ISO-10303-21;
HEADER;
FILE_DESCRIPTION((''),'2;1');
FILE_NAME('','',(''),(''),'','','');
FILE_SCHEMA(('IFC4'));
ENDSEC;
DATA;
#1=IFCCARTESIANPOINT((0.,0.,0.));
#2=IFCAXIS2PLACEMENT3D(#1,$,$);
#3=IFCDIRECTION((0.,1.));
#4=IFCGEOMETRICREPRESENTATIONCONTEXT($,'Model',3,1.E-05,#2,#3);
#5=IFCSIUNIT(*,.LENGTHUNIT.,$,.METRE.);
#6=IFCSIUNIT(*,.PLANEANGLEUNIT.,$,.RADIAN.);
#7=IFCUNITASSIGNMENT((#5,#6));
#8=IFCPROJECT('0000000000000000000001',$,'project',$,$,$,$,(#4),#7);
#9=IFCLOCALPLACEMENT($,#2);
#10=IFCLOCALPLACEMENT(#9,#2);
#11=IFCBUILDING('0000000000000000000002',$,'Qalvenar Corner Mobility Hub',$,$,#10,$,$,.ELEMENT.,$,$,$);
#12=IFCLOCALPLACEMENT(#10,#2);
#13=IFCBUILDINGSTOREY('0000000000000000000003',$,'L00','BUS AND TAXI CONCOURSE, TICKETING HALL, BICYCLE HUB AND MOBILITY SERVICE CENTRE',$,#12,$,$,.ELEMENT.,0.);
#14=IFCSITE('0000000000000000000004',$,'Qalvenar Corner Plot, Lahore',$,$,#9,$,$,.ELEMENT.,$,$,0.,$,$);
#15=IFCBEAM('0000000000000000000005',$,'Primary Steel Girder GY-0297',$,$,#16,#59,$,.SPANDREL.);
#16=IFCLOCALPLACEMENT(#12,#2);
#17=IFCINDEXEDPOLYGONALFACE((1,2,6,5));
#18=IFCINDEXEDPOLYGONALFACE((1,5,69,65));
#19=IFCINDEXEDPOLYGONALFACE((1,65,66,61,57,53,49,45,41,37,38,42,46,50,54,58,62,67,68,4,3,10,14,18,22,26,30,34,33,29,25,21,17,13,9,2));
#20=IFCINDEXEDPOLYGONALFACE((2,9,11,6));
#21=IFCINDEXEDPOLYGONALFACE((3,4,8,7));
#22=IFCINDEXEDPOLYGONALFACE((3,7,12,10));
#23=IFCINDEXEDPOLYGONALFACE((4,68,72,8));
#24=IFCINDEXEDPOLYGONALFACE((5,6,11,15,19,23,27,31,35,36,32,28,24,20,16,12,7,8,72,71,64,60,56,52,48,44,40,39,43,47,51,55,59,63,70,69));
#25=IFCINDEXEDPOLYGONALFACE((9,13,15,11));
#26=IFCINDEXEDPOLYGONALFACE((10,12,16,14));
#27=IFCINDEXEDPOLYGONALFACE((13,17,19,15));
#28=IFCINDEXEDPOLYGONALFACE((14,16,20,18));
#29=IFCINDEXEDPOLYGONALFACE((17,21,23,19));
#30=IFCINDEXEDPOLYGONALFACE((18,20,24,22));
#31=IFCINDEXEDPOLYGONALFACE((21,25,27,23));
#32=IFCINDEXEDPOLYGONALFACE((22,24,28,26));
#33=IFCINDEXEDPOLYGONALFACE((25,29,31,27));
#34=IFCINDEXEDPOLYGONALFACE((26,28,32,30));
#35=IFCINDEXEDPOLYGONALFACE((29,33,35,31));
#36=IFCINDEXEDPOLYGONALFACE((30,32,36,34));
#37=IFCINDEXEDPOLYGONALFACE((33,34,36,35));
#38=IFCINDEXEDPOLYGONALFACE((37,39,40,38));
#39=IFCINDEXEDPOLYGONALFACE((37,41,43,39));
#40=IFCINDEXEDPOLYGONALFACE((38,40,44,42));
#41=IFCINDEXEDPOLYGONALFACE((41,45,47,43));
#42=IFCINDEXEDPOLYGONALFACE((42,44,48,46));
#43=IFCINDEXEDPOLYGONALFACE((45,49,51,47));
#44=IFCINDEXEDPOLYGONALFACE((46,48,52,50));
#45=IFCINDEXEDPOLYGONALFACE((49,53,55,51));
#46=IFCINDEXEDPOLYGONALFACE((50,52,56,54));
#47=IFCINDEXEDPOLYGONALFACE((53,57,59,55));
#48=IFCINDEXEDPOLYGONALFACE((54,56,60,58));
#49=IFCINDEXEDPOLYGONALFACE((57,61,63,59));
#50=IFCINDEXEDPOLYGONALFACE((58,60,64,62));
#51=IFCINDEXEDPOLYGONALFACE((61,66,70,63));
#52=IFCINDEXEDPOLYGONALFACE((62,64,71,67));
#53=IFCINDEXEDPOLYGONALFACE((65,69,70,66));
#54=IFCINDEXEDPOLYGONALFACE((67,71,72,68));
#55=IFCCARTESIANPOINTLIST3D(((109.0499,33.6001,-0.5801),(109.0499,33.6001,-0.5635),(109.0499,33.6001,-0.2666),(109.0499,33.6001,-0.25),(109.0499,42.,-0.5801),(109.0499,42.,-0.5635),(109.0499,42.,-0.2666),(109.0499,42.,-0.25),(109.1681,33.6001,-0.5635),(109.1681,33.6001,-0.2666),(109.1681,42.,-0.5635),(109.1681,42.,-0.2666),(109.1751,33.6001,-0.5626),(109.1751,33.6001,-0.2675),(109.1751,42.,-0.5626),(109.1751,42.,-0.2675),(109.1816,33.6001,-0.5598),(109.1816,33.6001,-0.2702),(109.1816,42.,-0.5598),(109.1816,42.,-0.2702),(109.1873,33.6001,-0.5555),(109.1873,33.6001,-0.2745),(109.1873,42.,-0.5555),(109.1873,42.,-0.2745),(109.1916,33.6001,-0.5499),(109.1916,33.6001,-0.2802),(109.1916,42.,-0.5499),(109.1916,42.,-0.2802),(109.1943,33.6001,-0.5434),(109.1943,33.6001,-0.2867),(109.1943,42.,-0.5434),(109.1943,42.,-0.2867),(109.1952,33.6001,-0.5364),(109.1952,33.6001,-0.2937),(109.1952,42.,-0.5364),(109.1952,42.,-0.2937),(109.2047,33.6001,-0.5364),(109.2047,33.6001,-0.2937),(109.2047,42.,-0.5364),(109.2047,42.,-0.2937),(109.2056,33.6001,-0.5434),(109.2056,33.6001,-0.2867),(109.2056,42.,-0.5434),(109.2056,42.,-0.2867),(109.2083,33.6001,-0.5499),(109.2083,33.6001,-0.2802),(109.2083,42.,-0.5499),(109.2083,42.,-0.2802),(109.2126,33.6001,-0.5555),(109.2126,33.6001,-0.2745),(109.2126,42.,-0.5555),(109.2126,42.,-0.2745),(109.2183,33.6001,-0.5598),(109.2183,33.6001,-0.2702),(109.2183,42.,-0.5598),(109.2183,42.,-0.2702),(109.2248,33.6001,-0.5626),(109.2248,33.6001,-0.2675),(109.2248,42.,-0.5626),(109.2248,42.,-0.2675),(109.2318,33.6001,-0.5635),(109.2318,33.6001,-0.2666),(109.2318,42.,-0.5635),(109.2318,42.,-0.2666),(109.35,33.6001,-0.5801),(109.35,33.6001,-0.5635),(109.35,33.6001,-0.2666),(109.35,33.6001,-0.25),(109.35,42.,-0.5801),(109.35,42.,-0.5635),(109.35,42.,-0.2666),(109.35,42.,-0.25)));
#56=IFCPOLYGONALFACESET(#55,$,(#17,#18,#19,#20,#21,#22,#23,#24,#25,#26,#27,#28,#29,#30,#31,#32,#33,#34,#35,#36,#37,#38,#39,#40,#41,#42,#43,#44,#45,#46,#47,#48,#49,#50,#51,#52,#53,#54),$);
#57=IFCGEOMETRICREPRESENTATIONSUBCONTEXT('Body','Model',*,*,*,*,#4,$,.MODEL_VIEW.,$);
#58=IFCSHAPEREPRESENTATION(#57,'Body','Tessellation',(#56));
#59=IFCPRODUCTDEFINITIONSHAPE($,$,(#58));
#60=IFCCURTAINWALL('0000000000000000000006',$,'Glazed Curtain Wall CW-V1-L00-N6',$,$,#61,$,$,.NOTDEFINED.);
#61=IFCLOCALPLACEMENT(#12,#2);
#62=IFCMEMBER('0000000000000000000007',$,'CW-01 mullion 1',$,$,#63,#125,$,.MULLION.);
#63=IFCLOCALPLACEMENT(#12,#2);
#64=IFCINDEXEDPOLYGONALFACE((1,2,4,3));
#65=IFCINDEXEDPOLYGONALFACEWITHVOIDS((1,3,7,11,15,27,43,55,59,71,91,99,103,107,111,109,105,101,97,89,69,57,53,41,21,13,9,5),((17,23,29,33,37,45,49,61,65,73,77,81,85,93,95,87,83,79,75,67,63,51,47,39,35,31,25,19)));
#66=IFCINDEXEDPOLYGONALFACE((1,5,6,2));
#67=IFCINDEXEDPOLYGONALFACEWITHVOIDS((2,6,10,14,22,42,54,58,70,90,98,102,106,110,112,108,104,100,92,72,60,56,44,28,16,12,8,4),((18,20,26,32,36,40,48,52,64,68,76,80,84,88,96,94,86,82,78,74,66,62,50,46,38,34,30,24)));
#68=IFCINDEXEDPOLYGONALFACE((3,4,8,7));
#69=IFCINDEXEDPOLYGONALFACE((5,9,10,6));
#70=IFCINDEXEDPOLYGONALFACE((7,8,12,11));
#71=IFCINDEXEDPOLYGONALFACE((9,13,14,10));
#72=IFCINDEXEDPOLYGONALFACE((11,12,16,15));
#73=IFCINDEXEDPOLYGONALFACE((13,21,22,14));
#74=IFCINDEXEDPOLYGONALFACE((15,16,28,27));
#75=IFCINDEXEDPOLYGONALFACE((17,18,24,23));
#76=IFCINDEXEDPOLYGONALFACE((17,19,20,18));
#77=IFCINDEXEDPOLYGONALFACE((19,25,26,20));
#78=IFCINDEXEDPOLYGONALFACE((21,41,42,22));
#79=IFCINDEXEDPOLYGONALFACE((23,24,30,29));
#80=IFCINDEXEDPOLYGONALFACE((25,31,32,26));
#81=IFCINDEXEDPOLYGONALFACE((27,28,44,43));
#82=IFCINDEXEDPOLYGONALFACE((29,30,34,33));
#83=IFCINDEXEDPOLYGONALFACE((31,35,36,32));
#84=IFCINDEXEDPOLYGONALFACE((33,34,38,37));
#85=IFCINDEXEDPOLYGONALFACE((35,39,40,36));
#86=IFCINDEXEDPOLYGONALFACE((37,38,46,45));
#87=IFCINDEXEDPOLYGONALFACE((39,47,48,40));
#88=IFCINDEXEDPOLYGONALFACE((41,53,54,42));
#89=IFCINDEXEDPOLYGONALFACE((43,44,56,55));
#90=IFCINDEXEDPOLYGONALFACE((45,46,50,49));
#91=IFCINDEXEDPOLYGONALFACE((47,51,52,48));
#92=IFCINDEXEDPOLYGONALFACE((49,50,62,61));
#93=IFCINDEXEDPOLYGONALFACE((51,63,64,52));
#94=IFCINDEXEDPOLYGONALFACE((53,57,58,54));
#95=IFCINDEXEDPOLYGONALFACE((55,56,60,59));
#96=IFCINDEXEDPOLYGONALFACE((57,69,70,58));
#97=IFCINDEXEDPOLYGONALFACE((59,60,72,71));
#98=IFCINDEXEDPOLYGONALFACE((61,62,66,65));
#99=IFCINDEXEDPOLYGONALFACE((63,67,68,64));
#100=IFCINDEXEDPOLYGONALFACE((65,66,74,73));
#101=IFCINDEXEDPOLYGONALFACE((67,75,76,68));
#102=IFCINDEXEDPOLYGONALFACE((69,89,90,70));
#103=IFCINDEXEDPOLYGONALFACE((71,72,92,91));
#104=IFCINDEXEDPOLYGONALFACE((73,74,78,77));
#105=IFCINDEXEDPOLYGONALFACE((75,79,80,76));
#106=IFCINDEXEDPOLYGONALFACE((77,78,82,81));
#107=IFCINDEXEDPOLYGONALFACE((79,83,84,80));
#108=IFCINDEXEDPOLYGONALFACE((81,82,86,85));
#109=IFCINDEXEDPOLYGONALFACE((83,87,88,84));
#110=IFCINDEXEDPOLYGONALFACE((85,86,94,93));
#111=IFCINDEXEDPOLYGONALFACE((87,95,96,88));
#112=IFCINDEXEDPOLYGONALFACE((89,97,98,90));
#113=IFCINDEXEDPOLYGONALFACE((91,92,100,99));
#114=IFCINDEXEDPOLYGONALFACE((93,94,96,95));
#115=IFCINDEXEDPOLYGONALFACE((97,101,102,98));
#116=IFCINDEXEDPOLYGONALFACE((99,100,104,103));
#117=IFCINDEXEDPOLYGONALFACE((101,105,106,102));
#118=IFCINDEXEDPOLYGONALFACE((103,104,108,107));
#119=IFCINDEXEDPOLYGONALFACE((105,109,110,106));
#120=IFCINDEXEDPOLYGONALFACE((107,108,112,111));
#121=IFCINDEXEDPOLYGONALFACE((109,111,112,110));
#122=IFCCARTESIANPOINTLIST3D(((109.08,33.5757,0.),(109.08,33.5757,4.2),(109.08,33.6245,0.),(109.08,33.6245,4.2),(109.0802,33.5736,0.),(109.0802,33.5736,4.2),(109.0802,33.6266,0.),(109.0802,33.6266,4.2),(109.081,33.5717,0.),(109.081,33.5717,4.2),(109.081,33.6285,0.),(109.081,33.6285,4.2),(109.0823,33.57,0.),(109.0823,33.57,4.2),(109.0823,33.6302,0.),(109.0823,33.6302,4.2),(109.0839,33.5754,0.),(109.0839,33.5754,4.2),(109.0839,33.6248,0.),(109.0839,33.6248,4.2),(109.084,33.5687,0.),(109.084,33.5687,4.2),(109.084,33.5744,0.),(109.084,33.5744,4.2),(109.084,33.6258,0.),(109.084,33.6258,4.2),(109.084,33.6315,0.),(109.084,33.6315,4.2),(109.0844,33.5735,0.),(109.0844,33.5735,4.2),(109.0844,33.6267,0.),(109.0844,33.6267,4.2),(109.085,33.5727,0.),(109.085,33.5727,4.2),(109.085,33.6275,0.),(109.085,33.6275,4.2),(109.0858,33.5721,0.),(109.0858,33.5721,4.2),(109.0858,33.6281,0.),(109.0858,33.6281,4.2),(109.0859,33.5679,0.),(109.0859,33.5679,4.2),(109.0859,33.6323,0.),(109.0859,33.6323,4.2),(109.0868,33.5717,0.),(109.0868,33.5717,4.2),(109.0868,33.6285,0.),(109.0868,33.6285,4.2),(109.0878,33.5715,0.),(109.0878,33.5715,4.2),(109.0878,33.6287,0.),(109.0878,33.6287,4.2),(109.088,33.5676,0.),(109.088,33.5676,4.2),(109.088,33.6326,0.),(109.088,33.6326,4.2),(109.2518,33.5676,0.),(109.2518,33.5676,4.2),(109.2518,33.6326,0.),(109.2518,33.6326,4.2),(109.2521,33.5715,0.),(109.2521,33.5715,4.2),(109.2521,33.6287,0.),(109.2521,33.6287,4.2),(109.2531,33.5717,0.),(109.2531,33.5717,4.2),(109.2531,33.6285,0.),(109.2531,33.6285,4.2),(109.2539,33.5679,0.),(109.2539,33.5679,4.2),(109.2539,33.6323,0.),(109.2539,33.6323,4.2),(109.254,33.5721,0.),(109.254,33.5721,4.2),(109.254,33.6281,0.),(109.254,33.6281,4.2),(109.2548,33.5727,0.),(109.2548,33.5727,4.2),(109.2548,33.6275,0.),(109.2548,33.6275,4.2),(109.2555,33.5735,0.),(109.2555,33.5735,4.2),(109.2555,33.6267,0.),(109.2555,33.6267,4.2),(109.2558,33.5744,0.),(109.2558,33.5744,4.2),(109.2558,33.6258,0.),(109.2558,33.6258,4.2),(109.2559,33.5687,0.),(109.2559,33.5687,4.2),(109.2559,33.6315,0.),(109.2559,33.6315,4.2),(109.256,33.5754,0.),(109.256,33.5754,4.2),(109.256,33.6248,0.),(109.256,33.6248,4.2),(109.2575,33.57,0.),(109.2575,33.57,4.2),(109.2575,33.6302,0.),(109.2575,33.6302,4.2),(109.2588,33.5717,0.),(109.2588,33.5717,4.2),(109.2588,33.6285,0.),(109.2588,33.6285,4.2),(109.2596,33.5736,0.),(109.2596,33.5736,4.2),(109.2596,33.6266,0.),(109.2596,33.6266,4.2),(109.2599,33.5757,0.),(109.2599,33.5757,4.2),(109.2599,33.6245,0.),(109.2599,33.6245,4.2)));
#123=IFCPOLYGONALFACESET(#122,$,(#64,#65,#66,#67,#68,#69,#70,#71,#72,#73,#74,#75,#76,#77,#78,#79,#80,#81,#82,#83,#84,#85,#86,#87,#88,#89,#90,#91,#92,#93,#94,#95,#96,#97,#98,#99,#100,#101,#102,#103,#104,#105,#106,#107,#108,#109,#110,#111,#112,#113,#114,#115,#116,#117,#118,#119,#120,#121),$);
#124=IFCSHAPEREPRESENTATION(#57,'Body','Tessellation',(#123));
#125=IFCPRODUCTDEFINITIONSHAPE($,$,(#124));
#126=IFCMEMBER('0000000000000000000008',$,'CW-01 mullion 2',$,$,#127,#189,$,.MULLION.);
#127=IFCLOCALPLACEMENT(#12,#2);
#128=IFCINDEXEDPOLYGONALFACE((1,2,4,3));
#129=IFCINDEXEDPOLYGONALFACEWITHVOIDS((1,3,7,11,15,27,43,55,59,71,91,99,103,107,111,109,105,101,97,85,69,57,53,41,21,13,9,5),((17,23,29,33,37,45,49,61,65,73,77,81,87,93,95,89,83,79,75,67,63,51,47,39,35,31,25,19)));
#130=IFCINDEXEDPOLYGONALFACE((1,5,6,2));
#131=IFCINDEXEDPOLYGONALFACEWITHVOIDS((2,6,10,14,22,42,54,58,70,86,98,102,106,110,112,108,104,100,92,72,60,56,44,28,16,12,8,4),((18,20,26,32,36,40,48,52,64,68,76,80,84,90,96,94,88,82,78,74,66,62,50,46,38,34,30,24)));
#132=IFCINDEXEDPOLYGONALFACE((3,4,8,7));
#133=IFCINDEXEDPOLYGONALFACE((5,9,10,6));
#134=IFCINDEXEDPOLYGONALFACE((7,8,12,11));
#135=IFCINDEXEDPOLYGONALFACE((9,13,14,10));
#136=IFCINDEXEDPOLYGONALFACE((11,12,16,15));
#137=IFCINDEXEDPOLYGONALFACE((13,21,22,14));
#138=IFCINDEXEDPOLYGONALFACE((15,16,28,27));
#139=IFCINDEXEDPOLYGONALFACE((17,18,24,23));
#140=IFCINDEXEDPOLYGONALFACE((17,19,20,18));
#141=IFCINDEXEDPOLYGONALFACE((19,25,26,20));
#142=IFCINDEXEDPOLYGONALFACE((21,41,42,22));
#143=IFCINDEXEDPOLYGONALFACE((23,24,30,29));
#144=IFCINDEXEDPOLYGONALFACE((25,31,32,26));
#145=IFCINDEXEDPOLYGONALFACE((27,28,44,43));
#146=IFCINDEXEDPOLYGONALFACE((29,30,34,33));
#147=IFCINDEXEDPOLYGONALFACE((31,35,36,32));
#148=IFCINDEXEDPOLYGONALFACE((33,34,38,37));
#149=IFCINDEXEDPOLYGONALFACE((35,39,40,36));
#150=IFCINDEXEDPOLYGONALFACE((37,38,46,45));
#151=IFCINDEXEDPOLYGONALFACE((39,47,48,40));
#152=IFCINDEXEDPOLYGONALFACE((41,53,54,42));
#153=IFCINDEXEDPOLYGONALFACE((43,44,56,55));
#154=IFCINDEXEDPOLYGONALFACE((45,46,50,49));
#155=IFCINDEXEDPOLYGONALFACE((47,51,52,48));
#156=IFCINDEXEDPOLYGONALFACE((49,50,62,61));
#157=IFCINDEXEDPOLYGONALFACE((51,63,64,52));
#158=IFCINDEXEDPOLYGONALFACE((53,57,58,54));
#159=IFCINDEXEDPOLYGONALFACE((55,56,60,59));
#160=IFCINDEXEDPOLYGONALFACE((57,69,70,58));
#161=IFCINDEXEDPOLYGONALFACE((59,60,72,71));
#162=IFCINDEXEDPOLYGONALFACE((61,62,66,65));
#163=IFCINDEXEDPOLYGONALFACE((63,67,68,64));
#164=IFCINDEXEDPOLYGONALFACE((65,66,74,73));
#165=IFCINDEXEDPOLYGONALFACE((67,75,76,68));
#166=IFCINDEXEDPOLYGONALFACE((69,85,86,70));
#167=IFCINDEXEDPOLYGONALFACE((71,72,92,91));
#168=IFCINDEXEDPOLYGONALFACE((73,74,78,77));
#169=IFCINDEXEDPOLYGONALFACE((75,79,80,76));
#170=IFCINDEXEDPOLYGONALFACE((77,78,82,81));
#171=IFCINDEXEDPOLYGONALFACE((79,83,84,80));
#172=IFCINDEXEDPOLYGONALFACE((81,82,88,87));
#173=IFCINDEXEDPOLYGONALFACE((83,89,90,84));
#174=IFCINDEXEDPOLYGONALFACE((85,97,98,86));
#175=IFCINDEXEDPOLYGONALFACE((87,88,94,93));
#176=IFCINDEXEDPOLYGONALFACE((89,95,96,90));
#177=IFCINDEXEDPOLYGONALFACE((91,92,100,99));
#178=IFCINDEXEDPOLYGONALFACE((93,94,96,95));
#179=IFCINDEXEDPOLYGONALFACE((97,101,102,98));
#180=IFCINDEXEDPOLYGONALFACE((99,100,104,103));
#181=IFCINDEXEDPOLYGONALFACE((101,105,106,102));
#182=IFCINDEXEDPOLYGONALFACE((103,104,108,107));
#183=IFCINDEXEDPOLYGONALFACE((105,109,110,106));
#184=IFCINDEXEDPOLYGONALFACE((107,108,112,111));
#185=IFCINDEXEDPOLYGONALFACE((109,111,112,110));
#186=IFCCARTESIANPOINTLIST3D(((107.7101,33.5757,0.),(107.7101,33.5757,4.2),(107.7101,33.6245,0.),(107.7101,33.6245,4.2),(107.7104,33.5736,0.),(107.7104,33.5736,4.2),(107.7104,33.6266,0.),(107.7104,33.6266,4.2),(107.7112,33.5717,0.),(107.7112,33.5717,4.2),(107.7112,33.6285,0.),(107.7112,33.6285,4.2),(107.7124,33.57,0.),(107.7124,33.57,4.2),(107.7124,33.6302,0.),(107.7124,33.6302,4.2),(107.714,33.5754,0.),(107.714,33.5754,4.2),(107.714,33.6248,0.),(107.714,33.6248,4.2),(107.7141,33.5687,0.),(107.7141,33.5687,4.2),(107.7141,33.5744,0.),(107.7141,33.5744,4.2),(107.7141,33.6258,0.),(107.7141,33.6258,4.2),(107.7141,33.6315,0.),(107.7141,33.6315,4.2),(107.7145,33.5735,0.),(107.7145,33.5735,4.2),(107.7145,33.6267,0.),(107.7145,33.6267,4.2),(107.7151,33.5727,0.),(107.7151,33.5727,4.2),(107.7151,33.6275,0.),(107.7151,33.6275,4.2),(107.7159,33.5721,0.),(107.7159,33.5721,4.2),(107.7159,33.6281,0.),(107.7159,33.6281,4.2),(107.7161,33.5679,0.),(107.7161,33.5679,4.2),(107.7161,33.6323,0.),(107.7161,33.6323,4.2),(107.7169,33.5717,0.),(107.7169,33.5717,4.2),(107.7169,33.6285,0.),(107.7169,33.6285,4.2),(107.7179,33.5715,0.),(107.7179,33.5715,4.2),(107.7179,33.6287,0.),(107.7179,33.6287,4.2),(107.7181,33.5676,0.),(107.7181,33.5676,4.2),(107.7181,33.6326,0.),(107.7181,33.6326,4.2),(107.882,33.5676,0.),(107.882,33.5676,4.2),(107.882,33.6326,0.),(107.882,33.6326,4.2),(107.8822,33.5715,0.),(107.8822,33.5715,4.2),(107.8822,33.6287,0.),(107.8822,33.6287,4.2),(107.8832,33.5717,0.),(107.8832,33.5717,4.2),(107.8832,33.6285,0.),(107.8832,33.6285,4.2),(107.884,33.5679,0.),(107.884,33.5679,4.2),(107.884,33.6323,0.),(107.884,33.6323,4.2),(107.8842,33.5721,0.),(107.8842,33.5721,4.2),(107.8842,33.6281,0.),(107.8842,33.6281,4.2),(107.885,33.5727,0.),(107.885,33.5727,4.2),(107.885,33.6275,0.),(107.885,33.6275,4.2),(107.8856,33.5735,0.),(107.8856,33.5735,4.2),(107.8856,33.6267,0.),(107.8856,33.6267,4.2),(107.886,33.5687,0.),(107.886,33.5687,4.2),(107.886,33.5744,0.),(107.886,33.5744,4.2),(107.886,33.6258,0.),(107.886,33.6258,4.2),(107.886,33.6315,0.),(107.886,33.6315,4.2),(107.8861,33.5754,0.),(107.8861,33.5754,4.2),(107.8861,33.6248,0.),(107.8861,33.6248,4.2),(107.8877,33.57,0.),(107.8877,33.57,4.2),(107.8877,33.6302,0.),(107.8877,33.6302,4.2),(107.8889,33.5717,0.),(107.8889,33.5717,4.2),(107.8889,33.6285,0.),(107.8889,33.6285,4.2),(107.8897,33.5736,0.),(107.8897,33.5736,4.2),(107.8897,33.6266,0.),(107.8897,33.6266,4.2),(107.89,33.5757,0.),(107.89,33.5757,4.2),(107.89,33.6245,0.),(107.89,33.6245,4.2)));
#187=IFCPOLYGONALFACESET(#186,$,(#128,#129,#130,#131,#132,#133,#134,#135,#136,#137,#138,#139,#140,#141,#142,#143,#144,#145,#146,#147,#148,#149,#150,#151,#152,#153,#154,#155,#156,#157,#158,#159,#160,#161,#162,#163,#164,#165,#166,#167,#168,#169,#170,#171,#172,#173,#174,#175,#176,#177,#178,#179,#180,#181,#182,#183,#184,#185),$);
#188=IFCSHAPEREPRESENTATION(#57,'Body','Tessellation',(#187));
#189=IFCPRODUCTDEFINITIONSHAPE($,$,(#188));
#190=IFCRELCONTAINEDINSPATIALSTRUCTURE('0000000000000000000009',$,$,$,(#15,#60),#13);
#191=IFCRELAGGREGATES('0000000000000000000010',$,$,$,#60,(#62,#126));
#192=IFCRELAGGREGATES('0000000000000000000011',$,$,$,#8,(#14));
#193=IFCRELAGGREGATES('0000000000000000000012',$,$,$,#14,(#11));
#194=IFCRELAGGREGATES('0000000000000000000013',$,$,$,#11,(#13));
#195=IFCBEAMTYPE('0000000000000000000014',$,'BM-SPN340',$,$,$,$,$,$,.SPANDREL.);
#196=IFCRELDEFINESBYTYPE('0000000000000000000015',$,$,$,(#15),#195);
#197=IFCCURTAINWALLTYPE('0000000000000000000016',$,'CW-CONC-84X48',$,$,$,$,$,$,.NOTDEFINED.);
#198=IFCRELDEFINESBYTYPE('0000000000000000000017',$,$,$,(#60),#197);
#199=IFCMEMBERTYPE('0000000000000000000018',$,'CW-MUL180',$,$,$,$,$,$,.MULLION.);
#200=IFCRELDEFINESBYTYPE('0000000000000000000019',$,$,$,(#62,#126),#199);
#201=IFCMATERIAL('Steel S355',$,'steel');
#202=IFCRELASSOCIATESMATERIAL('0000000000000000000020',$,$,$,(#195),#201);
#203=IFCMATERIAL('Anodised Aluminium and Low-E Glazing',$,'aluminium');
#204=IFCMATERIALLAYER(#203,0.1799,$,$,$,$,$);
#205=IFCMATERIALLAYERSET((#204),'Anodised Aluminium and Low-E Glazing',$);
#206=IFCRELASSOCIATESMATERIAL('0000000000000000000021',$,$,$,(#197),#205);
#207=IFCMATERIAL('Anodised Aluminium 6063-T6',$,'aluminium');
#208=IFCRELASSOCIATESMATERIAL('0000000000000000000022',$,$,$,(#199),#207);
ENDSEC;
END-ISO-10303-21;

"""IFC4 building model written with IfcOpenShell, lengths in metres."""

from ifc_helpers import new_model, si_unit, direction, frame, origin, origin_2d, place, context, subcontext, project, spatial, hollow_rectangle, i_section, extrude, material, layer, layer_set, material_profile, profile_set, type_object, element, aggregate, save


model = new_model("IFC4")

# Units and contexts
model_context = context("Model", 3, precision=1e-05, world=origin(), true_north=direction((0.0, 1.0)))
body_context = subcontext(model_context, "Body", "Model", "MODEL_VIEW")
ifc_project = project(units=[si_unit("LENGTHUNIT", "METRE"), si_unit("PLANEANGLEUNIT", "RADIAN")], contexts=[model_context])

# Site, building, storey
site_placement = place(None, origin())
site = spatial("IfcSite", under=ifc_project, at=site_placement, Name="Qalvenar Corner Plot, Lahore", CompositionType="ELEMENT", RefElevation=0.0)
building_placement = place(site_placement, origin())
building = spatial("IfcBuilding", under=site, at=building_placement, Name="Qalvenar Corner Mobility Hub", CompositionType="ELEMENT")
storey_placement = place(building_placement, origin())
storey = spatial("IfcBuildingStorey", under=building, at=storey_placement, Name="L00", Description="BUS AND TAXI CONCOURSE, TICKETING HALL, BICYCLE HUB AND MOBILITY SERVICE CENTRE", CompositionType="ELEMENT", Elevation=0.0)

# Shared definitions
ifc_material_1 = material(Name="Steel S355", Category="steel")

# Beam
ifc_material_profile_1 = material_profile(ifc_material_1, i_section(OverallWidth=0.3, OverallDepth=0.3301, WebThickness=0.0095, FlangeThickness=0.0166, FilletRadius=0.0271, at=origin_2d()), Name="HEA340")
ifc_profile_set_1 = profile_set([ifc_material_profile_1], Name="Steel S355")
beam_type_1 = type_object("IfcBeamType", Name="BM-SPN340", PredefinedType="SPANDREL", material=ifc_profile_set_1)
beam_1_placement = place(storey_placement, frame((109.2, 33.6001, -0.415), z_axis=(0.0, 1.0, 0.0), x_axis=(-1.0, 0.0, 0.0)))
element("IfcBeam", 1, at=beam_1_placement, inside=storey, type_object=beam_type_1, Name="Primary Steel Girder GY-0297", PredefinedType="SPANDREL", context=body_context, shape_type="SweptSolid", body=[
    extrude(i_section(OverallWidth=0.3, OverallDepth=0.3301, WebThickness=0.0095, FlangeThickness=0.0166, FilletRadius=0.0271, at=origin_2d()), origin(), (0.0, 0.0, 1.0), 8.3999),
])

# Curtain wall, members
ifc_material_2 = material(Name="Anodised Aluminium and Low-E Glazing", Category="aluminium")
ifc_layer_1 = layer(ifc_material_2, 0.1799)
ifc_layer_set_1 = layer_set([ifc_layer_1], Name="Anodised Aluminium and Low-E Glazing")
curtain_wall_type = type_object("IfcCurtainWallType", Name="CW-CONC-84X48", PredefinedType="NOTDEFINED", material=ifc_layer_set_1)
curtain_wall_placement = place(storey_placement, origin())
curtain_wall = element("IfcCurtainWall", 2, at=curtain_wall_placement, inside=storey, type_object=curtain_wall_type, Name="Glazed Curtain Wall CW-V1-L00-N6", PredefinedType="NOTDEFINED")
ifc_material_3 = material(Name="Anodised Aluminium 6063-T6", Category="aluminium")
ifc_material_profile_2 = material_profile(ifc_material_3, hollow_rectangle(XDim=0.0649, YDim=0.1799, WallThickness=0.0039, InnerFilletRadius=0.0039, OuterFilletRadius=0.0081, at=origin_2d()), Name="RHS180x65x4")
ifc_profile_set_2 = profile_set([ifc_material_profile_2], Name="Anodised Aluminium 6063-T6")
member_type_1 = type_object("IfcMemberType", Name="CW-MUL180", PredefinedType="MULLION", material=ifc_profile_set_2)
member_1_placement = place(storey_placement, frame((109.1699, 33.6001, 0.0), z_axis=(0.0, 0.0, 1.0), x_axis=(0.0, -1.0, 0.0)))
member_1 = element("IfcMember", 3, at=member_1_placement, type_object=member_type_1, Name="CW-01 mullion 1", PredefinedType="MULLION", context=body_context, shape_type="SweptSolid", body=[
    extrude(hollow_rectangle(XDim=0.0649, YDim=0.1799, WallThickness=0.0039, InnerFilletRadius=0.0039, OuterFilletRadius=0.0081, at=origin_2d()), origin(), (0.0, 0.0, 1.0), 4.2),
])
member_2_placement = place(storey_placement, frame((107.8, 33.6001, 0.0), z_axis=(0.0, 0.0, 1.0), x_axis=(0.0, -1.0, 0.0)))
member_2 = element("IfcMember", 4, at=member_2_placement, type_object=member_type_1, Name="CW-01 mullion 2", PredefinedType="MULLION", context=body_context, shape_type="SweptSolid", body=[
    extrude(hollow_rectangle(XDim=0.0649, YDim=0.1799, WallThickness=0.0039, InnerFilletRadius=0.0039, OuterFilletRadius=0.0081, at=origin_2d()), origin(), (0.0, 0.0, 1.0), 4.2),
])
aggregate(curtain_wall, [member_1, member_2])

save(model, "model.ifc")
